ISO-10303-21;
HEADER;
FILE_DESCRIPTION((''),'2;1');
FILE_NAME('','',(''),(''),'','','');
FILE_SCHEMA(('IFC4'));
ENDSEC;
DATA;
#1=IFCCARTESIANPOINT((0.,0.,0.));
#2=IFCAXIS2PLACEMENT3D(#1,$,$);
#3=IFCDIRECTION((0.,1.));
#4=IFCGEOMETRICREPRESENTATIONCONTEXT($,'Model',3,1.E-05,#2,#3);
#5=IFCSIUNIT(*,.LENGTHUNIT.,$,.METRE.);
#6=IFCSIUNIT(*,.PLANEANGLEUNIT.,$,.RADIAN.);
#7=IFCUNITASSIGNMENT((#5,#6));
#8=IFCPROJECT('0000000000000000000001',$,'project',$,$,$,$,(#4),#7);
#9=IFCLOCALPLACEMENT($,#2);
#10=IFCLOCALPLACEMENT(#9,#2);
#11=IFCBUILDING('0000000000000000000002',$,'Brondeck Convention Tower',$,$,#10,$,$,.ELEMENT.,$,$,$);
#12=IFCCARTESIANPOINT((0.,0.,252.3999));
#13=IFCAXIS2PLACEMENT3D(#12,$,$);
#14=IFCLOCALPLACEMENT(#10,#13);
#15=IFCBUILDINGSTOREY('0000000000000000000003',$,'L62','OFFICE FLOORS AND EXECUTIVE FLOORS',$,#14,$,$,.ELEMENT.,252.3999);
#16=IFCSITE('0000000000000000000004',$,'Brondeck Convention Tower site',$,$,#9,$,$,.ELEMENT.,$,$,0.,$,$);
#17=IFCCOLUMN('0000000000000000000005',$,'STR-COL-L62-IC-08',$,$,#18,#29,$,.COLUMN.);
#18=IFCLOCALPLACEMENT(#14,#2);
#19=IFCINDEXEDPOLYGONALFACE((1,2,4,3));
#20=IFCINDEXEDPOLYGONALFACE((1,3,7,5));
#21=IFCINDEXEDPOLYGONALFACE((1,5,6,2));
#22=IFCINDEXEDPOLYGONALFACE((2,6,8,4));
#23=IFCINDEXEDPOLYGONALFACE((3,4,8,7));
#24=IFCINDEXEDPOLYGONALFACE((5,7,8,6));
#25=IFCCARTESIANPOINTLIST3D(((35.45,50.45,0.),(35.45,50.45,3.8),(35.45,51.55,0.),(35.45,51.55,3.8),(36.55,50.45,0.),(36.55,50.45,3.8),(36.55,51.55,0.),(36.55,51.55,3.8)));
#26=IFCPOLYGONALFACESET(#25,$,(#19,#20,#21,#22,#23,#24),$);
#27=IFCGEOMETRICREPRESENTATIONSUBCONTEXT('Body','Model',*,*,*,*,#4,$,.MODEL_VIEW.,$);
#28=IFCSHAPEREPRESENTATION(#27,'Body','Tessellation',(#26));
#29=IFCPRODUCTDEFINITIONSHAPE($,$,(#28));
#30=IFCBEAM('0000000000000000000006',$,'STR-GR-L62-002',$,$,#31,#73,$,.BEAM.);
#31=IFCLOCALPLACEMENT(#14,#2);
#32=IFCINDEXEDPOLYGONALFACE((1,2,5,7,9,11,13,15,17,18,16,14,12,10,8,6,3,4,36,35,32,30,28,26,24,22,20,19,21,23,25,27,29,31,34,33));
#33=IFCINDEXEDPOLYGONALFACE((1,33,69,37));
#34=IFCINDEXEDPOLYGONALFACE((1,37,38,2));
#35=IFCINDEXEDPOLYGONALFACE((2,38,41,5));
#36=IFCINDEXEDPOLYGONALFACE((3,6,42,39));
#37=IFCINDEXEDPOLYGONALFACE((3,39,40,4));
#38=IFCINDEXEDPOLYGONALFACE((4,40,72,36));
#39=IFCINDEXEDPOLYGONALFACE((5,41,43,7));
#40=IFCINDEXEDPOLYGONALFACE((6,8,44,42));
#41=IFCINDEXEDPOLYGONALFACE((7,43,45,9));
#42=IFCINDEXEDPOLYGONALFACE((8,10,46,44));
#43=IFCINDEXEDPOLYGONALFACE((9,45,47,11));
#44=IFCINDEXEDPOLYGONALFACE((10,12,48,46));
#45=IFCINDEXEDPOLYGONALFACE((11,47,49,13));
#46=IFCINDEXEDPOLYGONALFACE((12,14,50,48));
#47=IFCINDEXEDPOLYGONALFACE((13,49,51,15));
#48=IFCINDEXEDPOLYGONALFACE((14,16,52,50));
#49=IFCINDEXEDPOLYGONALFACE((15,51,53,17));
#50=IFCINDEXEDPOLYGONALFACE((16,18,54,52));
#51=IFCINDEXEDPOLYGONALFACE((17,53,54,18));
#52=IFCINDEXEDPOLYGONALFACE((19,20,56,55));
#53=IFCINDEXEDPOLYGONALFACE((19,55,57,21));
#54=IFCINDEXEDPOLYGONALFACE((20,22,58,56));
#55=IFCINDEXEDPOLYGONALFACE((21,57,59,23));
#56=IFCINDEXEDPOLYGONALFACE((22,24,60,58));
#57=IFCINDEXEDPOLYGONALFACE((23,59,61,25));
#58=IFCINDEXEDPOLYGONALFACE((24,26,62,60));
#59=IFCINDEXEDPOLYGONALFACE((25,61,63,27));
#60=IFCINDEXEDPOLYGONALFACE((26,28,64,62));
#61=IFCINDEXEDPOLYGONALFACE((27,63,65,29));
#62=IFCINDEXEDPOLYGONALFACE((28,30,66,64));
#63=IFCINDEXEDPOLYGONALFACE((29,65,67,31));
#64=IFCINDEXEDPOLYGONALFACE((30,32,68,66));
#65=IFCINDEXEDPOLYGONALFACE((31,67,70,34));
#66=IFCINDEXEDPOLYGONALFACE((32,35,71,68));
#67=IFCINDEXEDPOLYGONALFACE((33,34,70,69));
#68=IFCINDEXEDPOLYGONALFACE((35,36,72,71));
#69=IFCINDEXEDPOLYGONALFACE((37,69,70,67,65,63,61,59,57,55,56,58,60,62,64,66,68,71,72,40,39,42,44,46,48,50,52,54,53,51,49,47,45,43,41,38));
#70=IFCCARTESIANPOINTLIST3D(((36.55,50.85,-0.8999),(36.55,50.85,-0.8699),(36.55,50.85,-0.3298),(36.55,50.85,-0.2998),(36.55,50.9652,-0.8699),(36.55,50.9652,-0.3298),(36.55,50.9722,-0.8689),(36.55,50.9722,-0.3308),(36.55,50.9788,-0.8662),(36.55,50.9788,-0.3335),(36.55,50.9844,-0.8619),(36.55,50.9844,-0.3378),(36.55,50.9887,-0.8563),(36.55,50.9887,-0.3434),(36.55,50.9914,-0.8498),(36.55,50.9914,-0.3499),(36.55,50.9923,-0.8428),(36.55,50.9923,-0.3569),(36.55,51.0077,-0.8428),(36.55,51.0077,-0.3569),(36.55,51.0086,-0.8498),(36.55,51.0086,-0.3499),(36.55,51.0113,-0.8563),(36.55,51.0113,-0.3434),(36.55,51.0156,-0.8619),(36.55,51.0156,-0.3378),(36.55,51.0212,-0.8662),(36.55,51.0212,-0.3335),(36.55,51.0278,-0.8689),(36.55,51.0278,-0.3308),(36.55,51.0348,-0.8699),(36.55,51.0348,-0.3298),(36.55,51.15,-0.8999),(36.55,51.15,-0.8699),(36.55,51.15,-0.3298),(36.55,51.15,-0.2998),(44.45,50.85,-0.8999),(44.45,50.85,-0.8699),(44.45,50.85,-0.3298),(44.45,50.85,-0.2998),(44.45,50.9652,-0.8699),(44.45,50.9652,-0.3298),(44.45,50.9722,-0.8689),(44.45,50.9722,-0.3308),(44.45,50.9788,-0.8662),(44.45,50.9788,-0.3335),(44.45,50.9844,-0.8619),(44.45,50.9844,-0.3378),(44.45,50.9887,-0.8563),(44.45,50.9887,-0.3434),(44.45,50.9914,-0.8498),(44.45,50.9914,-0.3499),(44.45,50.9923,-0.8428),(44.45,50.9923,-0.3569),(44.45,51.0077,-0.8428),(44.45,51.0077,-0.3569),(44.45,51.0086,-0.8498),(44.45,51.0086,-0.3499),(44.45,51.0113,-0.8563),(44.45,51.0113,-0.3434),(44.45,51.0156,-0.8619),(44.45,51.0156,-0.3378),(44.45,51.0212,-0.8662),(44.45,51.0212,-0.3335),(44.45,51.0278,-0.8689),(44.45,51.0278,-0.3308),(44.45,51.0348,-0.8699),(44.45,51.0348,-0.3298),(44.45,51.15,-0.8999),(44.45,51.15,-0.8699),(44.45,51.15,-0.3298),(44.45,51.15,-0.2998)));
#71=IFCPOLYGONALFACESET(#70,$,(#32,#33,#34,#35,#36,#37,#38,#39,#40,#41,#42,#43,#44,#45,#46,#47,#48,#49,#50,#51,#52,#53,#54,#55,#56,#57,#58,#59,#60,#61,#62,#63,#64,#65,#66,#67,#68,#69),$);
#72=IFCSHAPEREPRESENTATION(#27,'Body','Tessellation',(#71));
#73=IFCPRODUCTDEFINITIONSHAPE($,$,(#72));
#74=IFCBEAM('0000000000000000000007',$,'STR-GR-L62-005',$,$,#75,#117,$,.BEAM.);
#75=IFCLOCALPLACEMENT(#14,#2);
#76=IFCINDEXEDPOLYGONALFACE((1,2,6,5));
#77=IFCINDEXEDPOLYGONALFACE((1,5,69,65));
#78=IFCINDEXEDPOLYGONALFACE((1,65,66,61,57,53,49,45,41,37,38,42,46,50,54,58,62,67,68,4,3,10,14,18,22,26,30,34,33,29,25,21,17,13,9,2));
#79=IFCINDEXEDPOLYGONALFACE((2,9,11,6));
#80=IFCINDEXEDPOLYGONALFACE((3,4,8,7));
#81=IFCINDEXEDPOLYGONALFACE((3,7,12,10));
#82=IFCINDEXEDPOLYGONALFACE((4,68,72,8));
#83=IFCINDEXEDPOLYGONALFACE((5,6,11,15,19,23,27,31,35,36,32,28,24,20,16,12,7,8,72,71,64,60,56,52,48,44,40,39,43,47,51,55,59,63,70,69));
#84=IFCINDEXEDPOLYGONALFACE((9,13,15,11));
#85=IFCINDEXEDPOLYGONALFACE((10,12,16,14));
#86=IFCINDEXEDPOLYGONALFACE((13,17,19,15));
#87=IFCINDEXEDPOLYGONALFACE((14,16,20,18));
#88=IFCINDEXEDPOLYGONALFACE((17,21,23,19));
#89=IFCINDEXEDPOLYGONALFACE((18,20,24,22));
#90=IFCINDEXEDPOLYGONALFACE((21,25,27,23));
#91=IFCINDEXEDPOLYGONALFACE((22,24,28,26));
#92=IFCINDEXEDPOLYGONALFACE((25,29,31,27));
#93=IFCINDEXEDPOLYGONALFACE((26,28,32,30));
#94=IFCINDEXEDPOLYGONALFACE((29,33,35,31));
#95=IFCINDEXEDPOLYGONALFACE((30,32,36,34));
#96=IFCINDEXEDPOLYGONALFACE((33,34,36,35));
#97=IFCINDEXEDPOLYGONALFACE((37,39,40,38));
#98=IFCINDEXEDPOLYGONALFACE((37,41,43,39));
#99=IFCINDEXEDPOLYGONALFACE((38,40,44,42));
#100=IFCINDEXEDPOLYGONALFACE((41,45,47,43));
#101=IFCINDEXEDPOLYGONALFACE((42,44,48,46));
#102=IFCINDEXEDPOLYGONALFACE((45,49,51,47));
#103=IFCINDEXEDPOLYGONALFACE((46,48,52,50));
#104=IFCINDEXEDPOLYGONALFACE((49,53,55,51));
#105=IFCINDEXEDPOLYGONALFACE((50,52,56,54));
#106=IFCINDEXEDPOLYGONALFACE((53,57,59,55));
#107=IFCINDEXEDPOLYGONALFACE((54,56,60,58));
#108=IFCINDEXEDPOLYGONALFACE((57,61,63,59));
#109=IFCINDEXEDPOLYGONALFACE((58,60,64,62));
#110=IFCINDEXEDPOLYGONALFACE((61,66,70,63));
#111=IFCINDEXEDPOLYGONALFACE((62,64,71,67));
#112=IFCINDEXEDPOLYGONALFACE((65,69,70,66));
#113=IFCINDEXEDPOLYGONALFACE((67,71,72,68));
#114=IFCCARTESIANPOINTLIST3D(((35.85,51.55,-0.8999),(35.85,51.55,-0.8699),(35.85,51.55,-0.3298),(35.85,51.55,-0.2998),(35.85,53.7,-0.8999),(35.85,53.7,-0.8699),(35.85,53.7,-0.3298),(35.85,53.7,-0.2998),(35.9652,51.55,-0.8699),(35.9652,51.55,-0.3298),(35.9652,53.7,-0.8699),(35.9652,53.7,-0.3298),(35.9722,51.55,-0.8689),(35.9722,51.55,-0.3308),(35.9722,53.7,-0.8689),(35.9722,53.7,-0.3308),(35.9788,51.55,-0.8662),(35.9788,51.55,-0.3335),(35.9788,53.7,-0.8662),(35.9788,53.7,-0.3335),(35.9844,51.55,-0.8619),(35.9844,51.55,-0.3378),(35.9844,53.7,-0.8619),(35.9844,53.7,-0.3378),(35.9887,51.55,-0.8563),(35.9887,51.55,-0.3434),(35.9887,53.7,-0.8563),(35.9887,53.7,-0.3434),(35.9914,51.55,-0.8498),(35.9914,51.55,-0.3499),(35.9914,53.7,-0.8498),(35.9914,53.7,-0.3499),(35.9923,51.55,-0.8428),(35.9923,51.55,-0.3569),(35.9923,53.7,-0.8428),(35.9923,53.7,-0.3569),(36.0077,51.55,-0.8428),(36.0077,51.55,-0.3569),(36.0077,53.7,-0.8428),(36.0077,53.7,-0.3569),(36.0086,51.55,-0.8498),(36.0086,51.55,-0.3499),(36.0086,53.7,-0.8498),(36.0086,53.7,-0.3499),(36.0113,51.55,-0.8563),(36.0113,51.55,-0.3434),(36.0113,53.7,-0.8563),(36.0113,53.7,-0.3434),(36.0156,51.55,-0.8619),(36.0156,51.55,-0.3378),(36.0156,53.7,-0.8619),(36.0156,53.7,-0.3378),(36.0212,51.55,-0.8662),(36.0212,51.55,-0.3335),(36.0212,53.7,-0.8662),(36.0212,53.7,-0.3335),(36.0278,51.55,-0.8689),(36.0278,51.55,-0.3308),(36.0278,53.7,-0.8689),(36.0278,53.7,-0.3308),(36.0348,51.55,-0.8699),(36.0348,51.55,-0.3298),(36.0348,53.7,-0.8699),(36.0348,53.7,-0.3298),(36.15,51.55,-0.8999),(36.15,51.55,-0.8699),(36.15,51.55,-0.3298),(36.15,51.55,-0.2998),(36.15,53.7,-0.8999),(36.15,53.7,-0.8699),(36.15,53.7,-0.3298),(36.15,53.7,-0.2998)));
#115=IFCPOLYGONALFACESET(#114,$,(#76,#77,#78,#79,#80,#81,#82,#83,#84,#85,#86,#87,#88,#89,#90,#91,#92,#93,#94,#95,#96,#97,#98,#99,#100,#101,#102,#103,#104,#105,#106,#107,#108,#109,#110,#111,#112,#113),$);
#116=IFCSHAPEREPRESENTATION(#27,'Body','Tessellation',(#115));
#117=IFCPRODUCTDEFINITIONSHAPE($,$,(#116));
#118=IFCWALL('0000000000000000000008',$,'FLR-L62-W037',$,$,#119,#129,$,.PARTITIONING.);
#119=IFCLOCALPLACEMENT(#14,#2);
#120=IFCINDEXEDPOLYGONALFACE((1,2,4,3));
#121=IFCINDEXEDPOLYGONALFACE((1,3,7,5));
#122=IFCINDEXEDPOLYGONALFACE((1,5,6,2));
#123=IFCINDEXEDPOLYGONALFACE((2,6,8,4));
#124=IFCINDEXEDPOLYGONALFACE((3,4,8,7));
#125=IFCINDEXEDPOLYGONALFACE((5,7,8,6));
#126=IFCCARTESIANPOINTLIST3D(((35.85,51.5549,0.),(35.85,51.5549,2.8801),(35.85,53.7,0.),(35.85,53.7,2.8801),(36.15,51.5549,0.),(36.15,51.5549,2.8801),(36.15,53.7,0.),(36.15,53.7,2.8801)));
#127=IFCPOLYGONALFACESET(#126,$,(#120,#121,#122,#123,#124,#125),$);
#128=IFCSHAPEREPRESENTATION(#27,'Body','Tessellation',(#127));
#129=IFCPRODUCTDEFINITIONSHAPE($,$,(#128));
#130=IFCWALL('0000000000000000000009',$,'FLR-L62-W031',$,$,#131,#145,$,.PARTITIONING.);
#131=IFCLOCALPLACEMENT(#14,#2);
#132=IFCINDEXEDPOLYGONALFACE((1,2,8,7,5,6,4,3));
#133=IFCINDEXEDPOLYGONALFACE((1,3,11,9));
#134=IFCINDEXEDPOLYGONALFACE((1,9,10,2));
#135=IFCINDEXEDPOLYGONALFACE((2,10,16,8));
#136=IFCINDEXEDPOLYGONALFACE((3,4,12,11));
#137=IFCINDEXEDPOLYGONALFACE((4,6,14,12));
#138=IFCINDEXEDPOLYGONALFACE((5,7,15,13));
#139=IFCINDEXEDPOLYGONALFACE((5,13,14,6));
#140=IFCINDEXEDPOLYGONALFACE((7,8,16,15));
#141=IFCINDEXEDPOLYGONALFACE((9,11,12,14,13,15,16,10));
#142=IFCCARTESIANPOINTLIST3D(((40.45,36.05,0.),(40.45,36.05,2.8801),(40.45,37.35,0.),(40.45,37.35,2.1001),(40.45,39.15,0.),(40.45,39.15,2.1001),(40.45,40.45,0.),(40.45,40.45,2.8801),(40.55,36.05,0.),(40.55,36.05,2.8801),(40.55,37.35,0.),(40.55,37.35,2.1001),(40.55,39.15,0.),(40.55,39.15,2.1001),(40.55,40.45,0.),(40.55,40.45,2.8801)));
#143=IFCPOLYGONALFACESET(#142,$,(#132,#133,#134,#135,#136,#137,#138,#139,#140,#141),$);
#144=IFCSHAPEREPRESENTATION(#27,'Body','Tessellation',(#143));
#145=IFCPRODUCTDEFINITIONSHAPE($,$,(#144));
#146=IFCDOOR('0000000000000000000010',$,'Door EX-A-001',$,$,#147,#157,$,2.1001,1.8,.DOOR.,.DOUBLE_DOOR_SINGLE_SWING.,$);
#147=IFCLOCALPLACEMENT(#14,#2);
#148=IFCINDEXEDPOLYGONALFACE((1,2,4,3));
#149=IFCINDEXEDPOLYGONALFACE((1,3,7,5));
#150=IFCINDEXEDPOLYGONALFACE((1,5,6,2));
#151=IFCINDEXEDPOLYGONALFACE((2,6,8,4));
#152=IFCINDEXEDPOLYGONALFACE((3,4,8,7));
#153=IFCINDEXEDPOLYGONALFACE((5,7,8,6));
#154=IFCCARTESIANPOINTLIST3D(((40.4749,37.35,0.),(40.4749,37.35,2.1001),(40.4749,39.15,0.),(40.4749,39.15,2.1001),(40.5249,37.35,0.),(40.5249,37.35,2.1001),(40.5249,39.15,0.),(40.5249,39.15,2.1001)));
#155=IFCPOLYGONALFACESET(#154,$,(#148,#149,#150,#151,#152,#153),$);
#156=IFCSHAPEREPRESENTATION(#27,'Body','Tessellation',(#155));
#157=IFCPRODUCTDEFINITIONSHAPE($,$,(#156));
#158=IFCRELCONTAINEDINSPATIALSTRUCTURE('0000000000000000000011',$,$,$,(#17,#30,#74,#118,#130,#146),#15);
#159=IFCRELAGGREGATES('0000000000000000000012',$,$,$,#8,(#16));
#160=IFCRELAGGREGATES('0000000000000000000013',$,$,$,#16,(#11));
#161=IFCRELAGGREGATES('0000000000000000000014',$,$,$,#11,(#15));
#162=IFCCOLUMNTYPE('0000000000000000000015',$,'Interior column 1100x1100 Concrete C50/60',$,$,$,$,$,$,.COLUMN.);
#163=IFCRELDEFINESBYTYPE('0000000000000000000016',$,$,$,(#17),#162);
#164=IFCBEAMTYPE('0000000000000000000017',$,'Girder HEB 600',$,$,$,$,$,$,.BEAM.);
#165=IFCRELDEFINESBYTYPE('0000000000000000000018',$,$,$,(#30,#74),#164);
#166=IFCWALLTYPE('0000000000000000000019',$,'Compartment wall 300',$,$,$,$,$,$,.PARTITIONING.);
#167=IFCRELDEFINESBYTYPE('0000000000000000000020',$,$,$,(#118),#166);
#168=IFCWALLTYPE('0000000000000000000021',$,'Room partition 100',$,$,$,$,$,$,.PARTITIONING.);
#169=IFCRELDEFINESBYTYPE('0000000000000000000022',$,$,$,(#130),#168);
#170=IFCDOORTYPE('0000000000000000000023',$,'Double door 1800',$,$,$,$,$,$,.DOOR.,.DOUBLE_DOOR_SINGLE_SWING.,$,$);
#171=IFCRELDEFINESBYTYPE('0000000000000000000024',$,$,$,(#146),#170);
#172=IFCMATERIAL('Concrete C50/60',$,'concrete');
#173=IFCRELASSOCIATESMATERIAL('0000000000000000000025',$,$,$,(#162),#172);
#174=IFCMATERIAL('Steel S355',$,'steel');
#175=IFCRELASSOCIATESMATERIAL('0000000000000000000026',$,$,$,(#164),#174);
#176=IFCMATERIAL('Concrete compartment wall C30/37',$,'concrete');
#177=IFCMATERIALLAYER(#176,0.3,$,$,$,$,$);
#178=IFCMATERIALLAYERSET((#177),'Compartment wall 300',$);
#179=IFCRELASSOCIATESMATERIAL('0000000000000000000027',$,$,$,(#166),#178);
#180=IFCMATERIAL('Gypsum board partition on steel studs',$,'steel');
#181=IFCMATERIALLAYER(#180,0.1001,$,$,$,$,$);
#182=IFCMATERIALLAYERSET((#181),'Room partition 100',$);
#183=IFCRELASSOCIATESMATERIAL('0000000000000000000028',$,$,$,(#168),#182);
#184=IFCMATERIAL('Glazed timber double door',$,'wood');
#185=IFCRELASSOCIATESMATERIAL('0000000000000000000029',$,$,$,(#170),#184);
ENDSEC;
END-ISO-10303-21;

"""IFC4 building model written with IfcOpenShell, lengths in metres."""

from ifc_helpers import new_model, si_unit, direction, frame, frame_2d, origin, origin_2d, place, context, subcontext, project, spatial, rectangle, i_section, extrude, material, layer, layer_set, material_profile, profile_set, type_object, element, fill, save


model = new_model("IFC4")

# Units and contexts
model_context = context("Model", 3, precision=1e-05, world=origin(), true_north=direction((0.0, 1.0)))
body_context = subcontext(model_context, "Body", "Model", "MODEL_VIEW")
ifc_project = project(units=[si_unit("LENGTHUNIT", "METRE"), si_unit("PLANEANGLEUNIT", "RADIAN")], contexts=[model_context])

# Site, building, storey
site_placement = place(None, origin())
site = spatial("IfcSite", under=ifc_project, at=site_placement, Name="Brondeck Convention Tower site", CompositionType="ELEMENT", RefElevation=0.0)
building_placement = place(site_placement, origin())
building = spatial("IfcBuilding", under=site, at=building_placement, Name="Brondeck Convention Tower", CompositionType="ELEMENT")
storey_placement = place(building_placement, frame((0.0, 0.0, 252.3999)))
storey = spatial("IfcBuildingStorey", under=building, at=storey_placement, Name="L62", Description="OFFICE FLOORS AND EXECUTIVE FLOORS", CompositionType="ELEMENT", Elevation=252.3999)

# Column
ifc_material_1 = material(Name="Concrete C50/60", Category="concrete")
ifc_material_profile_1 = material_profile(ifc_material_1, rectangle(XDim=1.1001, YDim=1.1001, at=origin_2d()), Name="Interior column 1100x1100 Concrete C50/60")
ifc_profile_set_1 = profile_set([ifc_material_profile_1], Name="Concrete C50/60")
column_type = type_object("IfcColumnType", Name="Interior column 1100x1100 Concrete C50/60", PredefinedType="COLUMN", material=ifc_profile_set_1)
column_placement = place(storey_placement, frame((36.0, 51.0, 0.0), z_axis=(0.0, 0.0, 1.0), x_axis=(1.0, 0.0, 0.0)))
element("IfcColumn", 1, at=column_placement, inside=storey, type_object=column_type, Name="STR-COL-L62-IC-08", PredefinedType="COLUMN", context=body_context, shape_type="SweptSolid", body=[
    extrude(rectangle(XDim=1.1001, YDim=1.1001, at=origin_2d()), origin(), (0.0, 0.0, 1.0), 3.8),
])

# Beams
ifc_material_2 = material(Name="Steel S355", Category="steel")
ifc_material_profile_2 = material_profile(ifc_material_2, i_section(OverallWidth=0.3, OverallDepth=0.6001, WebThickness=0.0154, FlangeThickness=0.03, FilletRadius=0.0271, at=origin_2d()), Name="HEB 600")
ifc_profile_set_2 = profile_set([ifc_material_profile_2], Name="Steel S355")
beam_type = type_object("IfcBeamType", Name="Girder HEB 600", PredefinedType="BEAM", material=ifc_profile_set_2)
beam_1_placement = place(storey_placement, frame((36.55, 51.0, -0.5999), z_axis=(1.0, 0.0, 0.0), x_axis=(0.0, 1.0, 0.0)))
element("IfcBeam", 2, at=beam_1_placement, inside=storey, type_object=beam_type, Name="STR-GR-L62-002", PredefinedType="BEAM", context=body_context, shape_type="SweptSolid", body=[
    extrude(i_section(OverallWidth=0.3, OverallDepth=0.6001, WebThickness=0.0154, FlangeThickness=0.03, FilletRadius=0.0271, at=origin_2d()), origin(), (0.0, 0.0, 1.0), 7.8999),
])
beam_2_placement = place(storey_placement, frame((36.0, 51.55, -0.5999), z_axis=(0.0, 1.0, 0.0), x_axis=(-1.0, 0.0, 0.0)))
element("IfcBeam", 3, at=beam_2_placement, inside=storey, type_object=beam_type, Name="STR-GR-L62-005", PredefinedType="BEAM", context=body_context, shape_type="SweptSolid", body=[
    extrude(i_section(OverallWidth=0.3, OverallDepth=0.6001, WebThickness=0.0154, FlangeThickness=0.03, FilletRadius=0.0271, at=origin_2d()), origin(), (0.0, 0.0, 1.0), 2.1499),
])

# Wall
ifc_material_3 = material(Name="Concrete compartment wall C30/37", Category="concrete")
ifc_layer_1 = layer(ifc_material_3, 0.3)
ifc_layer_set_1 = layer_set([ifc_layer_1], Name="Compartment wall 300")
wall_type_1 = type_object("IfcWallType", Name="Compartment wall 300", PredefinedType="PARTITIONING", material=ifc_layer_set_1)
wall_1_placement = place(storey_placement, frame((36.0, 51.5549, 0.0), z_axis=(0.0, 0.0, 1.0), x_axis=(0.0, 1.0, 0.0)))
element("IfcWall", 4, at=wall_1_placement, inside=storey, type_object=wall_type_1, Name="FLR-L62-W037", PredefinedType="PARTITIONING", context=body_context, shape_type="SweptSolid", body=[
    extrude(rectangle(XDim=2.145, YDim=0.3, at=frame_2d((1.0725, 0.0))), origin(), (0.0, 0.0, 1.0), 2.8801),
])

# Wall, opening, door
ifc_material_4 = material(Name="Gypsum board partition on steel studs", Category="steel")
ifc_layer_2 = layer(ifc_material_4, 0.1001)
ifc_layer_set_2 = layer_set([ifc_layer_2], Name="Room partition 100")
wall_type_2 = type_object("IfcWallType", Name="Room partition 100", PredefinedType="PARTITIONING", material=ifc_layer_set_2)
wall_2_placement = place(storey_placement, frame((40.5, 40.45, 0.0), z_axis=(0.0, 0.0, 1.0), x_axis=(0.0, -1.0, 0.0)))
wall_2 = element("IfcWall", 5, at=wall_2_placement, inside=storey, type_object=wall_type_2, Name="FLR-L62-W031", PredefinedType="PARTITIONING", context=body_context, shape_type="SweptSolid", body=[
    extrude(rectangle(XDim=4.3999, YDim=0.1001, at=frame_2d((2.2, 0.0))), origin(), (0.0, 0.0, 1.0), 2.8801),
])
opening_1_placement = place(wall_2_placement, frame((1.3, 0.0, 0.0)))
opening_1 = element("IfcOpeningElement", 6, at=opening_1_placement, cuts=wall_2, PredefinedType="OPENING", context=body_context, shape_type="SweptSolid", body=[
    extrude(rectangle(XDim=1.8, YDim=2.1001, at=frame_2d((0.8999, 1.05))), frame((0.0, 0.0601, 0.0), z_axis=(0.0, -1.0, 0.0), x_axis=(1.0, 0.0, 0.0)), (0.0, 0.0, 1.0), 0.1201),
])
ifc_material_5 = material(Name="Glazed timber double door", Category="wood")
door_type_1 = type_object("IfcDoorType", Name="Double door 1800", OperationType="DOUBLE_DOOR_SINGLE_SWING", PredefinedType="DOOR", material=ifc_material_5)
door_1_placement = place(opening_1_placement, origin())
door_1 = element("IfcDoor", 7, at=door_1_placement, inside=storey, type_object=door_type_1, Name="Door EX-A-001", OperationType="DOUBLE_DOOR_SINGLE_SWING", OverallHeight=2.1001, OverallWidth=1.8, PredefinedType="DOOR", context=body_context, shape_type="SweptSolid", body=[
    extrude(rectangle(XDim=1.8, YDim=2.1001, at=frame_2d((0.8999, 1.05))), frame((0.0, 0.0249, 0.0), z_axis=(0.0, -1.0, 0.0), x_axis=(1.0, 0.0, 0.0)), (0.0, 0.0, 1.0), 0.05),
])
fill(opening_1, door_1)

save(model, "model.ifc")
